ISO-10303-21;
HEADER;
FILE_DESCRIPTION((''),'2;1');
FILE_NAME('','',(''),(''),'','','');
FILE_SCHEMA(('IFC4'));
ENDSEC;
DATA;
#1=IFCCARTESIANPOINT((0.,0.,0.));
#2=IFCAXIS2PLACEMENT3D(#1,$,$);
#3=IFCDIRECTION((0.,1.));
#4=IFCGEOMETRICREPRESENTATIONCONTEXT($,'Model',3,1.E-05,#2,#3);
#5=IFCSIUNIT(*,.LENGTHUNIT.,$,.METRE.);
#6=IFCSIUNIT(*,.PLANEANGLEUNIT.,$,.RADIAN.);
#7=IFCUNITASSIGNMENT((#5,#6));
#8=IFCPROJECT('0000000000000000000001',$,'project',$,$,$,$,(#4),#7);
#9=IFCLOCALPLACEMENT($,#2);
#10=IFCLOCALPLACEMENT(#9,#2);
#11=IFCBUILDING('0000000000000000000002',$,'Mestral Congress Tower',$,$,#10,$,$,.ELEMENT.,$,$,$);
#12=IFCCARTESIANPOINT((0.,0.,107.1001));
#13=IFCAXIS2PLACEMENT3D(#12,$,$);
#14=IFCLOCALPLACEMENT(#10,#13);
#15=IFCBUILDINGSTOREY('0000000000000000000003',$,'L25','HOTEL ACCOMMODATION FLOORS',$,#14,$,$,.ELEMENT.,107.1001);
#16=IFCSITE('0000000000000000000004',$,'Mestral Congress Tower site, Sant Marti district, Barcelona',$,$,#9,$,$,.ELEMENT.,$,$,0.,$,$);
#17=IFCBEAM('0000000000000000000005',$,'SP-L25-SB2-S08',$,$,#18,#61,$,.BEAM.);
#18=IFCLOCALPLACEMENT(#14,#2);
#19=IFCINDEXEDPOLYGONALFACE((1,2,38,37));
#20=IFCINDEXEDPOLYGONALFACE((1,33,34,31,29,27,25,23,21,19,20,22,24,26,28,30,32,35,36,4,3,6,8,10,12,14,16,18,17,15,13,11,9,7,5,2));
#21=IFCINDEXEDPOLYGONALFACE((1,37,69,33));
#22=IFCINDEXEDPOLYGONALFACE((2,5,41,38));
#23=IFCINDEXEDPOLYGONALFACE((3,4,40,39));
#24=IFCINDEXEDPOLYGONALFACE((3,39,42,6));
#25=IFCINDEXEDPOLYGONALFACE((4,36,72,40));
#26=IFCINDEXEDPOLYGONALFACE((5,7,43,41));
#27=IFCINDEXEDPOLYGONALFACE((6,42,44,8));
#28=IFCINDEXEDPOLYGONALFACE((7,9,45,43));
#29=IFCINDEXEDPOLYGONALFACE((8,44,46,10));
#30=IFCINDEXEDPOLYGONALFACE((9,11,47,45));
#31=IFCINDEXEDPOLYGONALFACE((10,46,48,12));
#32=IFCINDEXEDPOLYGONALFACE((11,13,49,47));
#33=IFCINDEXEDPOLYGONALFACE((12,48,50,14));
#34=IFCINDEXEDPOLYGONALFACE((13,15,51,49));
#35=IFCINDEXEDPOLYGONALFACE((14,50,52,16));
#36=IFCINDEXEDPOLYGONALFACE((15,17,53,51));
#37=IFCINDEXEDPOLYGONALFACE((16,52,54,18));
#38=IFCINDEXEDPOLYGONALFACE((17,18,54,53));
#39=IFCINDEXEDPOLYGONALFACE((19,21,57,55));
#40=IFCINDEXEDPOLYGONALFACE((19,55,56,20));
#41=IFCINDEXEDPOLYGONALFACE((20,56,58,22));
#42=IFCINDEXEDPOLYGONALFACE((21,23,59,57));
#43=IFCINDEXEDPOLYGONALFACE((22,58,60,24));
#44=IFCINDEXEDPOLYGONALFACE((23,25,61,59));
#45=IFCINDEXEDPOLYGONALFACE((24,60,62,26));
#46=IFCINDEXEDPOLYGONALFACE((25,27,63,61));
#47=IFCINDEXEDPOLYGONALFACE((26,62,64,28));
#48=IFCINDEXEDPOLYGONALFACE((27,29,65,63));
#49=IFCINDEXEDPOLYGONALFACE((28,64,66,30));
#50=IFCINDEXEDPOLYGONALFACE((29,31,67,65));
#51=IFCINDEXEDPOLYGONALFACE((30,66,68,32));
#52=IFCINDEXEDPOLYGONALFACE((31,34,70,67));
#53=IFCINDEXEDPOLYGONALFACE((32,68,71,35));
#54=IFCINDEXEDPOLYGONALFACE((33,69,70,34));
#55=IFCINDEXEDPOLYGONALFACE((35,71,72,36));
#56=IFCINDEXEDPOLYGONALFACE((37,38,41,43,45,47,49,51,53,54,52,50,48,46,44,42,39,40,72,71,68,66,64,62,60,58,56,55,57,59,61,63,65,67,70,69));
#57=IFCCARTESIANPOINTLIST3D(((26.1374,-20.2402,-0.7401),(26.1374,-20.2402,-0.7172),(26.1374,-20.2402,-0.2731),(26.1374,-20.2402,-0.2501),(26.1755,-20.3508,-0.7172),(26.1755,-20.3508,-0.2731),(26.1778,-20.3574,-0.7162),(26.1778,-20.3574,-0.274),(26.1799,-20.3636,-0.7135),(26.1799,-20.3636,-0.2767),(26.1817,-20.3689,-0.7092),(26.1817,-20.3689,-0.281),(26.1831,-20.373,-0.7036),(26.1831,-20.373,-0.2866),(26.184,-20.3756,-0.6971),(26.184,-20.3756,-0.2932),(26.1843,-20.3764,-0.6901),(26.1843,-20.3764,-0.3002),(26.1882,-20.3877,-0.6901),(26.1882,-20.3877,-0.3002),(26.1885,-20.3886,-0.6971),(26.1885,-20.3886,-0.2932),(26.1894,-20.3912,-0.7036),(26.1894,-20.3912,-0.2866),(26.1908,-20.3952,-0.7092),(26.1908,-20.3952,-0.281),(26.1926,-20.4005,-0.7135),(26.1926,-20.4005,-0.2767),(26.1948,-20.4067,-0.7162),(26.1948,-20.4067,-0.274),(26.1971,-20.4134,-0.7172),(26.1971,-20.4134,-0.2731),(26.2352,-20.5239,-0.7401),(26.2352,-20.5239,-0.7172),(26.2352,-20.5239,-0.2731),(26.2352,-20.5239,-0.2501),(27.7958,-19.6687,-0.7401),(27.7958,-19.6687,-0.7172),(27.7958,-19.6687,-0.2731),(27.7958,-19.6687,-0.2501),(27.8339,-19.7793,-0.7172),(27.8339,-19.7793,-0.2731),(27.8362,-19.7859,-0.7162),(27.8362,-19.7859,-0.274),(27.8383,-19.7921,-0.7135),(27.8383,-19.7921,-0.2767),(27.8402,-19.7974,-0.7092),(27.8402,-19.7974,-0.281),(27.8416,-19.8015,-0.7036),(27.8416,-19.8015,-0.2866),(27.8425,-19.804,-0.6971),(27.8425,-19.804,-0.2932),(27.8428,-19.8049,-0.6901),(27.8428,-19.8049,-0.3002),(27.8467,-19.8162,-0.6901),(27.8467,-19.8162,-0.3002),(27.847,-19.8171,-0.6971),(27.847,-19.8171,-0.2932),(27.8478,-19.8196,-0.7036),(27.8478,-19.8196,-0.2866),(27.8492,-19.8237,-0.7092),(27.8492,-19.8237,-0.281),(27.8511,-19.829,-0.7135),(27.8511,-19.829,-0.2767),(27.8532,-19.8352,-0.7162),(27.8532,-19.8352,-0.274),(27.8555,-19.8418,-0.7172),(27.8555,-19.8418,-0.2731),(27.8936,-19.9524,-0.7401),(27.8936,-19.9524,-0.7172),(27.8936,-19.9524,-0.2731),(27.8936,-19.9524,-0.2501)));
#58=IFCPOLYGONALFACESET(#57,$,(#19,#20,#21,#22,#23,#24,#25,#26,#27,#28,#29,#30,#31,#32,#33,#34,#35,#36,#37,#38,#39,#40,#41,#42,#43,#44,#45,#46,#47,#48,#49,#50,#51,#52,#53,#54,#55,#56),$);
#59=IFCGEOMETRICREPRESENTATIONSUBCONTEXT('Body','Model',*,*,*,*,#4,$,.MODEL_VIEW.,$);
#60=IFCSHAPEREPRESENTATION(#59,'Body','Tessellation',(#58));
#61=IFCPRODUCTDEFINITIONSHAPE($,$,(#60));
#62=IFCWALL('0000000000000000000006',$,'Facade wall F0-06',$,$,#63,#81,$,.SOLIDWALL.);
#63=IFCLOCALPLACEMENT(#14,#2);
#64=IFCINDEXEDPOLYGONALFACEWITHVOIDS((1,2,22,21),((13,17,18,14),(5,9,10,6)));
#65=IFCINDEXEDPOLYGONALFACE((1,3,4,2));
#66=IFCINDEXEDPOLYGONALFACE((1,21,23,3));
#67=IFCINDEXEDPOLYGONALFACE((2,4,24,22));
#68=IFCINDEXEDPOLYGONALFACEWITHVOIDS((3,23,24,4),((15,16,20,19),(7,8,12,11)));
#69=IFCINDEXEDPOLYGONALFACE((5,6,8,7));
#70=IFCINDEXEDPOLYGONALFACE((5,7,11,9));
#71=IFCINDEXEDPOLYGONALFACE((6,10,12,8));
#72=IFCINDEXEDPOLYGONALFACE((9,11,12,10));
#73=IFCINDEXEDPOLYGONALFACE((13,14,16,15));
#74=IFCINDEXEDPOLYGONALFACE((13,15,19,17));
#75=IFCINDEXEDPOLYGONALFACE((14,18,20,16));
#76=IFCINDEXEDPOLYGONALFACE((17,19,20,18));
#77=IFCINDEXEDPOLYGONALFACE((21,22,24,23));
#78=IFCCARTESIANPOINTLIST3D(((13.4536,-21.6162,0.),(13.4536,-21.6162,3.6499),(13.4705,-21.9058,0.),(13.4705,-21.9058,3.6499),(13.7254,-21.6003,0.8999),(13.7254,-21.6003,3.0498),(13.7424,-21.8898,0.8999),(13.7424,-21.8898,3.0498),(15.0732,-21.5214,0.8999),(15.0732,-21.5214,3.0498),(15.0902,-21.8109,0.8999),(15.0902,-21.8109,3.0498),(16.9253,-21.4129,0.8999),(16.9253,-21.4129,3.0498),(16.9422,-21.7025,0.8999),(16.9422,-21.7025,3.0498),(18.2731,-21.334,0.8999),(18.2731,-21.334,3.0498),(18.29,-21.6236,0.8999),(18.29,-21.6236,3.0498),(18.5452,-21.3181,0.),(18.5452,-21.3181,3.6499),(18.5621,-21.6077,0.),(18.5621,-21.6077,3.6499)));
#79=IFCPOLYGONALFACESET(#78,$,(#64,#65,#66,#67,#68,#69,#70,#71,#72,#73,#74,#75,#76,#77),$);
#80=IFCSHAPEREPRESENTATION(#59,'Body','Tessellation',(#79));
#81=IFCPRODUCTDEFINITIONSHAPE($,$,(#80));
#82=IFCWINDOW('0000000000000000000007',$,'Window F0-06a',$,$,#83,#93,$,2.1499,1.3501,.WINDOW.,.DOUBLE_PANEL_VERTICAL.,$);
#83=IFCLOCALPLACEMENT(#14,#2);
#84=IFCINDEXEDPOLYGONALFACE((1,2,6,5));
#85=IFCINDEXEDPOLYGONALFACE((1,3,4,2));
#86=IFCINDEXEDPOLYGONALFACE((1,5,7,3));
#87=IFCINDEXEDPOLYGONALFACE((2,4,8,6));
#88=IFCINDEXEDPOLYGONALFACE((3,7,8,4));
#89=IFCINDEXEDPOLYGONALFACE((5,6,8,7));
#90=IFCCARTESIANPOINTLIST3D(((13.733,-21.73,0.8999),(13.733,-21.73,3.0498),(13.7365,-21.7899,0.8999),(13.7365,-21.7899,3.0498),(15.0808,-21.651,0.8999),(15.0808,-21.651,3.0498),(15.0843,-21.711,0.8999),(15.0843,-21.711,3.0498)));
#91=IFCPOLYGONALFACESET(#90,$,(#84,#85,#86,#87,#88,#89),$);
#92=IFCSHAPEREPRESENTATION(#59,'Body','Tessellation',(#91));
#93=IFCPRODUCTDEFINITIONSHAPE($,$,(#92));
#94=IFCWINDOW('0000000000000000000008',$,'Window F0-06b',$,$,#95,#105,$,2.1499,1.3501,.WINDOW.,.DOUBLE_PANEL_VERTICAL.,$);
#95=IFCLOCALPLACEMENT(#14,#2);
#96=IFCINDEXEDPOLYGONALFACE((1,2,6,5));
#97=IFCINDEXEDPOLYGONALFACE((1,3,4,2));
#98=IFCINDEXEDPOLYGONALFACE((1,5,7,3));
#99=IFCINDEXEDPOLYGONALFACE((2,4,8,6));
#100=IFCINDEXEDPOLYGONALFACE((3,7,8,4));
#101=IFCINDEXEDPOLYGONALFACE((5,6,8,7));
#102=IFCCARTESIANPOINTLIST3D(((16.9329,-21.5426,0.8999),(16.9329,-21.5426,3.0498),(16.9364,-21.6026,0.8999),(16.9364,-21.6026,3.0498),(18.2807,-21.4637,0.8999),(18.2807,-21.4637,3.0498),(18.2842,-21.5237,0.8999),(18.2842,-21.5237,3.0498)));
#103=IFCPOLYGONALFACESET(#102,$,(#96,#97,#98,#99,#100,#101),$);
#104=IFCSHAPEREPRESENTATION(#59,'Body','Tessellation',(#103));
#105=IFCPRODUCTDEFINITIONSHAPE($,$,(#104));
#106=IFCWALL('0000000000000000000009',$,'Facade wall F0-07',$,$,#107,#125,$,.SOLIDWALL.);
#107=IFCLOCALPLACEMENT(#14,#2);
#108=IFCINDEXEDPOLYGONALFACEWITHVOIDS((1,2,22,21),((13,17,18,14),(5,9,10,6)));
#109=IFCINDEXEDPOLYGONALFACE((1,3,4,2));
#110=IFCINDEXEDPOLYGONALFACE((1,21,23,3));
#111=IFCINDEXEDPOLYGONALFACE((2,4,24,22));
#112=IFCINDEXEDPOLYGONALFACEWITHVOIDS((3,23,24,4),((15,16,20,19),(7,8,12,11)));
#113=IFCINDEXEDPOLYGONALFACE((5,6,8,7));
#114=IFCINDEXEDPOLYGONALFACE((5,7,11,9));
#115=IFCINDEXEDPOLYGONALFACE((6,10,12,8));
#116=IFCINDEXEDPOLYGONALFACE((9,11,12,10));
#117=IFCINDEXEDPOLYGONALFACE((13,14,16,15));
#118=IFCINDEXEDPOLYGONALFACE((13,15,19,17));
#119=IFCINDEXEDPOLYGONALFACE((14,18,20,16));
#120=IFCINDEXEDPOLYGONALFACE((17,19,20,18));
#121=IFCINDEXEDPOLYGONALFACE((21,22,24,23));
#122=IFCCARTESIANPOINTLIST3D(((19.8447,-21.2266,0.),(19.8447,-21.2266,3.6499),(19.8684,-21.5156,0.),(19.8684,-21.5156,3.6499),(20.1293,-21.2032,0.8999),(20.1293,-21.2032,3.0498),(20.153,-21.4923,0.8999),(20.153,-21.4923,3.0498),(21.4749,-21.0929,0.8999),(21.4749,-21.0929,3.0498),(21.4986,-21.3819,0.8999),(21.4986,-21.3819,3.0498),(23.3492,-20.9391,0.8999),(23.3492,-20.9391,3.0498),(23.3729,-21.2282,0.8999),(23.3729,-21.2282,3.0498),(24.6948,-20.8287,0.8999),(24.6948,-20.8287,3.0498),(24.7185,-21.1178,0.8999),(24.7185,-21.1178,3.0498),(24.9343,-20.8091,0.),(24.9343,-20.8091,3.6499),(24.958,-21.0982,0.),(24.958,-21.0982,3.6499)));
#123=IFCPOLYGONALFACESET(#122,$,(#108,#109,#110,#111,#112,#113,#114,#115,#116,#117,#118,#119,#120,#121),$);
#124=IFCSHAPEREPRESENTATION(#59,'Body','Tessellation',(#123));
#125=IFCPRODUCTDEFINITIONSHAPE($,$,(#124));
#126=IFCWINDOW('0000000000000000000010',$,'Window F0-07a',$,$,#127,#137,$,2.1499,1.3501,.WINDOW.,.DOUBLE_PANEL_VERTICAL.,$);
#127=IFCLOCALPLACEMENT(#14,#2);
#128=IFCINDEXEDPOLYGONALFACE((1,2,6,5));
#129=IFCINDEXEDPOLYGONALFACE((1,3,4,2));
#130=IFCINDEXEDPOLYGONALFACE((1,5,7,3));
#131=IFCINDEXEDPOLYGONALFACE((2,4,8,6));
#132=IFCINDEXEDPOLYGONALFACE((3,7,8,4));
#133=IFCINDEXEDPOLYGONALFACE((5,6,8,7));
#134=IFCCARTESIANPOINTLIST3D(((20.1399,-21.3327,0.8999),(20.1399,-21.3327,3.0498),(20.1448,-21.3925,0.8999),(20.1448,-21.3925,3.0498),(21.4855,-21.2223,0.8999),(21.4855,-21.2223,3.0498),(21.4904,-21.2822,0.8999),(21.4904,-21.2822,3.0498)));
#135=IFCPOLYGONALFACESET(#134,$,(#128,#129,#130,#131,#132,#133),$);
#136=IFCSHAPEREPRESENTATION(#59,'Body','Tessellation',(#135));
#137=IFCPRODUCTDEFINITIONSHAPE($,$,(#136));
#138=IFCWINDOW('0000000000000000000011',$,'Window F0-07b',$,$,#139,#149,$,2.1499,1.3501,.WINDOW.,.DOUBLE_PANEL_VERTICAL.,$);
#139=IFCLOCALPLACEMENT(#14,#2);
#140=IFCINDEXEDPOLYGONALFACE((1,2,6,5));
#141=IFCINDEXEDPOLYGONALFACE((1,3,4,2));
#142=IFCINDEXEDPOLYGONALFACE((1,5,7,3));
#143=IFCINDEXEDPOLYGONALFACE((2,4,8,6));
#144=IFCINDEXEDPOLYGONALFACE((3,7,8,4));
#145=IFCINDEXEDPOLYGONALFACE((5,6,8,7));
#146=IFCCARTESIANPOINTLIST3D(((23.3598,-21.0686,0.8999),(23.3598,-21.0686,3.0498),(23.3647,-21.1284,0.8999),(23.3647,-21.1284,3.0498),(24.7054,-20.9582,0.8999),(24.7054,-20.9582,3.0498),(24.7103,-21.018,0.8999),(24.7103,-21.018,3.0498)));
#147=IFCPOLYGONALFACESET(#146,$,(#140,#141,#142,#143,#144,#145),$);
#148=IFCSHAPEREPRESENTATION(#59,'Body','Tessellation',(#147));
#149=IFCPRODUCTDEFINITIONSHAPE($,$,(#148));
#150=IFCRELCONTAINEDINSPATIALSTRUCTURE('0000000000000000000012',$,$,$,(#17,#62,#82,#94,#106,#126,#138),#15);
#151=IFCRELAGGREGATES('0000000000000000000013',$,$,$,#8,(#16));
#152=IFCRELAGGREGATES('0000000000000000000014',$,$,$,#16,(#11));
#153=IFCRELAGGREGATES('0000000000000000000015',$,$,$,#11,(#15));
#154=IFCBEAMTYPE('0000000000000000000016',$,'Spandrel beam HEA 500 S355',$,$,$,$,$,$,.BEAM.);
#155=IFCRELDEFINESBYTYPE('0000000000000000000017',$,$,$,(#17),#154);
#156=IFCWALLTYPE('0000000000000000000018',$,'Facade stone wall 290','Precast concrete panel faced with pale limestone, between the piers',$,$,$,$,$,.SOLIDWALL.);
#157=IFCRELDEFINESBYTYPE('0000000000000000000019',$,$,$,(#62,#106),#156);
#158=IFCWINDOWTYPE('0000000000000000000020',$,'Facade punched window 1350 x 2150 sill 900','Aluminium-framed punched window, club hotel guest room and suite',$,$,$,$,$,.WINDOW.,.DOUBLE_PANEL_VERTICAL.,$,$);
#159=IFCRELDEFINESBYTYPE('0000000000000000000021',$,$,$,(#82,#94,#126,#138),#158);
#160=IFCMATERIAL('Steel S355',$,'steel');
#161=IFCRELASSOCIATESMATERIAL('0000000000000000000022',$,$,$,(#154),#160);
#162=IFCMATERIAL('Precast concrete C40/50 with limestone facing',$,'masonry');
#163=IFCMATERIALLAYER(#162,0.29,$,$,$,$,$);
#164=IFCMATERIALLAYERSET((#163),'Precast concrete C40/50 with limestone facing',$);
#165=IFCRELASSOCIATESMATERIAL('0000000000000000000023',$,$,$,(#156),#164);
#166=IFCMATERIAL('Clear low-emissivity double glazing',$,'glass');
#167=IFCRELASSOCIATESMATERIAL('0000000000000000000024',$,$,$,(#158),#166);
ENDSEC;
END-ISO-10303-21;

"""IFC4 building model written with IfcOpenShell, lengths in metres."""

from ifc_helpers import new_model, si_unit, direction, frame, frame_2d, origin, origin_2d, place, context, subcontext, project, spatial, rectangle, i_section, extrude, material, layer, layer_set, material_profile, profile_set, type_object, element, fill, save


model = new_model("IFC4")

# Units and contexts
model_context = context("Model", 3, precision=1e-05, world=origin(), true_north=direction((0.0, 1.0)))
body_context = subcontext(model_context, "Body", "Model", "MODEL_VIEW")
ifc_project = project(units=[si_unit("LENGTHUNIT", "METRE"), si_unit("PLANEANGLEUNIT", "RADIAN")], contexts=[model_context])

# Site, building, storey
site_placement = place(None, origin())
site = spatial("IfcSite", under=ifc_project, at=site_placement, Name="Mestral Congress Tower site, Sant Marti district, Barcelona", CompositionType="ELEMENT", RefElevation=0.0)
building_placement = place(site_placement, origin())
building = spatial("IfcBuilding", under=site, at=building_placement, Name="Mestral Congress Tower", CompositionType="ELEMENT")
storey_placement = place(building_placement, frame((0.0, 0.0, 107.1001)))
storey = spatial("IfcBuildingStorey", under=building, at=storey_placement, Name="L25", Description="HOTEL ACCOMMODATION FLOORS", CompositionType="ELEMENT", Elevation=107.1001)

# Beam
ifc_material_1 = material(Name="Steel S355", Category="steel")
ifc_material_profile_1 = material_profile(ifc_material_1, i_section(OverallWidth=0.3, OverallDepth=0.49, WebThickness=0.012, FlangeThickness=0.0229, FilletRadius=0.0271, at=origin_2d()), Name="HEA 500")
ifc_profile_set_1 = profile_set([ifc_material_profile_1], Name="Steel S355")
beam_type_1 = type_object("IfcBeamType", Name="Spandrel beam HEA 500 S355", PredefinedType="BEAM", material=ifc_profile_set_1)
beam_1_placement = place(storey_placement, frame((26.1863, -20.3821, -0.4951), z_axis=(0.945434, 0.325815, 0.0), x_axis=(-0.325815, 0.945434, 0.0)))
element("IfcBeam", 1, at=beam_1_placement, inside=storey, type_object=beam_type_1, Name="SP-L25-SB2-S08", PredefinedType="BEAM", context=body_context, shape_type="SweptSolid", body=[
    extrude(i_section(OverallWidth=0.3, OverallDepth=0.49, WebThickness=0.012, FlangeThickness=0.0229, FilletRadius=0.0271, at=origin_2d()), origin(), (0.0, 0.0, 1.0), 1.7542),
])

# Walls, openings, windows
ifc_material_2 = material(Name="Precast concrete C40/50 with limestone facing", Category="masonry")
ifc_layer_1 = layer(ifc_material_2, 0.29)
ifc_layer_set_1 = layer_set([ifc_layer_1], Name="Precast concrete C40/50 with limestone facing")
wall_type_1 = type_object("IfcWallType", Name="Facade stone wall 290", Description="Precast concrete panel faced with pale limestone, between the piers", PredefinedType="SOLIDWALL", material=ifc_layer_set_1)
wall_1_placement = place(storey_placement, frame((13.4619, -21.761, 0.0), z_axis=(0.0, 0.0, 1.0), x_axis=(0.998291, 0.058447, 0.0)))
wall_1 = element("IfcWall", 2, at=wall_1_placement, inside=storey, type_object=wall_type_1, Name="Facade wall F0-06", PredefinedType="SOLIDWALL", context=body_context, shape_type="SweptSolid", body=[
    extrude(rectangle(XDim=5.1003, YDim=0.29, at=frame_2d((2.5503, 0.0))), origin(), (0.0, 0.0, 1.0), 3.6499),
])
opening_1_placement = place(wall_1_placement, frame((0.2725, 0.0, 0.8999)))
opening_1 = element("IfcOpeningElement", 3, at=opening_1_placement, cuts=wall_1, PredefinedType="OPENING", context=body_context, shape_type="SweptSolid", body=[
    extrude(rectangle(XDim=1.3501, YDim=2.1499, at=frame_2d((0.675, 1.075))), frame((0.0, 0.155, 0.0), z_axis=(0.0, -1.0, 0.0), x_axis=(1.0, 0.0, 0.0)), (0.0, 0.0, 1.0), 0.3101),
])
opening_2_placement = place(wall_1_placement, frame((3.4778, 0.0, 0.8999)))
opening_2 = element("IfcOpeningElement", 4, at=opening_2_placement, cuts=wall_1, PredefinedType="OPENING", context=body_context, shape_type="SweptSolid", body=[
    extrude(rectangle(XDim=1.3501, YDim=2.1499, at=frame_2d((0.675, 1.075))), frame((0.0, 0.155, 0.0), z_axis=(0.0, -1.0, 0.0), x_axis=(1.0, 0.0, 0.0)), (0.0, 0.0, 1.0), 0.3101),
])
ifc_material_3 = material(Name="Clear low-emissivity double glazing", Category="glass")
window_type_1 = type_object("IfcWindowType", Name="Facade punched window 1350 x 2150 sill 900", Description="Aluminium-framed punched window, club hotel guest room and suite", PartitioningType="DOUBLE_PANEL_VERTICAL", PredefinedType="WINDOW", material=ifc_material_3)
window_1_placement = place(opening_1_placement, origin())
window_1 = element("IfcWindow", 5, at=window_1_placement, inside=storey, type_object=window_type_1, Name="Window F0-06a", OverallHeight=2.1499, OverallWidth=1.3501, PartitioningType="DOUBLE_PANEL_VERTICAL", PredefinedType="WINDOW", context=body_context, shape_type="SweptSolid", body=[
    extrude(rectangle(XDim=1.3501, YDim=2.1499, at=frame_2d((0.675, 1.075))), frame((0.0, 0.0151, 0.0), z_axis=(0.0, -1.0, 0.0), x_axis=(1.0, 0.0, 0.0)), (0.0, 0.0, 1.0), 0.0601),
])
fill(opening_1, window_1)
window_2_placement = place(opening_2_placement, origin())
window_2 = element("IfcWindow", 6, at=window_2_placement, inside=storey, type_object=window_type_1, Name="Window F0-06b", OverallHeight=2.1499, OverallWidth=1.3501, PartitioningType="DOUBLE_PANEL_VERTICAL", PredefinedType="WINDOW", context=body_context, shape_type="SweptSolid", body=[
    extrude(rectangle(XDim=1.3501, YDim=2.1499, at=frame_2d((0.675, 1.075))), frame((0.0, 0.0151, 0.0), z_axis=(0.0, -1.0, 0.0), x_axis=(1.0, 0.0, 0.0)), (0.0, 0.0, 1.0), 0.0601),
])
fill(opening_2, window_2)
wall_2_placement = place(storey_placement, frame((19.8567, -21.3711, 0.0), z_axis=(0.0, 0.0, 1.0), x_axis=(0.996653, 0.081752, 0.0)))
wall_2 = element("IfcWall", 7, at=wall_2_placement, inside=storey, type_object=wall_type_1, Name="Facade wall F0-07", PredefinedType="SOLIDWALL", context=body_context, shape_type="SweptSolid", body=[
    extrude(rectangle(XDim=5.1067, YDim=0.29, at=frame_2d((2.5532, 0.0))), origin(), (0.0, 0.0, 1.0), 3.6499),
])
opening_3_placement = place(wall_2_placement, frame((0.2854, 0.0, 0.8999)))
opening_3 = element("IfcOpeningElement", 8, at=opening_3_placement, cuts=wall_2, PredefinedType="OPENING", context=body_context, shape_type="SweptSolid", body=[
    extrude(rectangle(XDim=1.3501, YDim=2.1499, at=frame_2d((0.675, 1.075))), frame((0.0, 0.155, 0.0), z_axis=(0.0, -1.0, 0.0), x_axis=(1.0, 0.0, 0.0)), (0.0, 0.0, 1.0), 0.3101),
])
opening_4_placement = place(wall_2_placement, frame((3.5161, 0.0, 0.8999)))
opening_4 = element("IfcOpeningElement", 9, at=opening_4_placement, cuts=wall_2, PredefinedType="OPENING", context=body_context, shape_type="SweptSolid", body=[
    extrude(rectangle(XDim=1.3501, YDim=2.1499, at=frame_2d((0.675, 1.075))), frame((0.0, 0.155, 0.0), z_axis=(0.0, -1.0, 0.0), x_axis=(1.0, 0.0, 0.0)), (0.0, 0.0, 1.0), 0.3101),
])
window_3_placement = place(opening_3_placement, origin())
window_3 = element("IfcWindow", 10, at=window_3_placement, inside=storey, type_object=window_type_1, Name="Window F0-07a", OverallHeight=2.1499, OverallWidth=1.3501, PartitioningType="DOUBLE_PANEL_VERTICAL", PredefinedType="WINDOW", context=body_context, shape_type="SweptSolid", body=[
    extrude(rectangle(XDim=1.3501, YDim=2.1499, at=frame_2d((0.675, 1.075))), frame((0.0, 0.0151, 0.0), z_axis=(0.0, -1.0, 0.0), x_axis=(1.0, 0.0, 0.0)), (0.0, 0.0, 1.0), 0.0601),
])
fill(opening_3, window_3)
window_4_placement = place(opening_4_placement, origin())
window_4 = element("IfcWindow", 11, at=window_4_placement, inside=storey, type_object=window_type_1, Name="Window F0-07b", OverallHeight=2.1499, OverallWidth=1.3501, PartitioningType="DOUBLE_PANEL_VERTICAL", PredefinedType="WINDOW", context=body_context, shape_type="SweptSolid", body=[
    extrude(rectangle(XDim=1.3501, YDim=2.1499, at=frame_2d((0.675, 1.075))), frame((0.0, 0.0151, 0.0), z_axis=(0.0, -1.0, 0.0), x_axis=(1.0, 0.0, 0.0)), (0.0, 0.0, 1.0), 0.0601),
])
fill(opening_4, window_4)

save(model, "model.ifc")
